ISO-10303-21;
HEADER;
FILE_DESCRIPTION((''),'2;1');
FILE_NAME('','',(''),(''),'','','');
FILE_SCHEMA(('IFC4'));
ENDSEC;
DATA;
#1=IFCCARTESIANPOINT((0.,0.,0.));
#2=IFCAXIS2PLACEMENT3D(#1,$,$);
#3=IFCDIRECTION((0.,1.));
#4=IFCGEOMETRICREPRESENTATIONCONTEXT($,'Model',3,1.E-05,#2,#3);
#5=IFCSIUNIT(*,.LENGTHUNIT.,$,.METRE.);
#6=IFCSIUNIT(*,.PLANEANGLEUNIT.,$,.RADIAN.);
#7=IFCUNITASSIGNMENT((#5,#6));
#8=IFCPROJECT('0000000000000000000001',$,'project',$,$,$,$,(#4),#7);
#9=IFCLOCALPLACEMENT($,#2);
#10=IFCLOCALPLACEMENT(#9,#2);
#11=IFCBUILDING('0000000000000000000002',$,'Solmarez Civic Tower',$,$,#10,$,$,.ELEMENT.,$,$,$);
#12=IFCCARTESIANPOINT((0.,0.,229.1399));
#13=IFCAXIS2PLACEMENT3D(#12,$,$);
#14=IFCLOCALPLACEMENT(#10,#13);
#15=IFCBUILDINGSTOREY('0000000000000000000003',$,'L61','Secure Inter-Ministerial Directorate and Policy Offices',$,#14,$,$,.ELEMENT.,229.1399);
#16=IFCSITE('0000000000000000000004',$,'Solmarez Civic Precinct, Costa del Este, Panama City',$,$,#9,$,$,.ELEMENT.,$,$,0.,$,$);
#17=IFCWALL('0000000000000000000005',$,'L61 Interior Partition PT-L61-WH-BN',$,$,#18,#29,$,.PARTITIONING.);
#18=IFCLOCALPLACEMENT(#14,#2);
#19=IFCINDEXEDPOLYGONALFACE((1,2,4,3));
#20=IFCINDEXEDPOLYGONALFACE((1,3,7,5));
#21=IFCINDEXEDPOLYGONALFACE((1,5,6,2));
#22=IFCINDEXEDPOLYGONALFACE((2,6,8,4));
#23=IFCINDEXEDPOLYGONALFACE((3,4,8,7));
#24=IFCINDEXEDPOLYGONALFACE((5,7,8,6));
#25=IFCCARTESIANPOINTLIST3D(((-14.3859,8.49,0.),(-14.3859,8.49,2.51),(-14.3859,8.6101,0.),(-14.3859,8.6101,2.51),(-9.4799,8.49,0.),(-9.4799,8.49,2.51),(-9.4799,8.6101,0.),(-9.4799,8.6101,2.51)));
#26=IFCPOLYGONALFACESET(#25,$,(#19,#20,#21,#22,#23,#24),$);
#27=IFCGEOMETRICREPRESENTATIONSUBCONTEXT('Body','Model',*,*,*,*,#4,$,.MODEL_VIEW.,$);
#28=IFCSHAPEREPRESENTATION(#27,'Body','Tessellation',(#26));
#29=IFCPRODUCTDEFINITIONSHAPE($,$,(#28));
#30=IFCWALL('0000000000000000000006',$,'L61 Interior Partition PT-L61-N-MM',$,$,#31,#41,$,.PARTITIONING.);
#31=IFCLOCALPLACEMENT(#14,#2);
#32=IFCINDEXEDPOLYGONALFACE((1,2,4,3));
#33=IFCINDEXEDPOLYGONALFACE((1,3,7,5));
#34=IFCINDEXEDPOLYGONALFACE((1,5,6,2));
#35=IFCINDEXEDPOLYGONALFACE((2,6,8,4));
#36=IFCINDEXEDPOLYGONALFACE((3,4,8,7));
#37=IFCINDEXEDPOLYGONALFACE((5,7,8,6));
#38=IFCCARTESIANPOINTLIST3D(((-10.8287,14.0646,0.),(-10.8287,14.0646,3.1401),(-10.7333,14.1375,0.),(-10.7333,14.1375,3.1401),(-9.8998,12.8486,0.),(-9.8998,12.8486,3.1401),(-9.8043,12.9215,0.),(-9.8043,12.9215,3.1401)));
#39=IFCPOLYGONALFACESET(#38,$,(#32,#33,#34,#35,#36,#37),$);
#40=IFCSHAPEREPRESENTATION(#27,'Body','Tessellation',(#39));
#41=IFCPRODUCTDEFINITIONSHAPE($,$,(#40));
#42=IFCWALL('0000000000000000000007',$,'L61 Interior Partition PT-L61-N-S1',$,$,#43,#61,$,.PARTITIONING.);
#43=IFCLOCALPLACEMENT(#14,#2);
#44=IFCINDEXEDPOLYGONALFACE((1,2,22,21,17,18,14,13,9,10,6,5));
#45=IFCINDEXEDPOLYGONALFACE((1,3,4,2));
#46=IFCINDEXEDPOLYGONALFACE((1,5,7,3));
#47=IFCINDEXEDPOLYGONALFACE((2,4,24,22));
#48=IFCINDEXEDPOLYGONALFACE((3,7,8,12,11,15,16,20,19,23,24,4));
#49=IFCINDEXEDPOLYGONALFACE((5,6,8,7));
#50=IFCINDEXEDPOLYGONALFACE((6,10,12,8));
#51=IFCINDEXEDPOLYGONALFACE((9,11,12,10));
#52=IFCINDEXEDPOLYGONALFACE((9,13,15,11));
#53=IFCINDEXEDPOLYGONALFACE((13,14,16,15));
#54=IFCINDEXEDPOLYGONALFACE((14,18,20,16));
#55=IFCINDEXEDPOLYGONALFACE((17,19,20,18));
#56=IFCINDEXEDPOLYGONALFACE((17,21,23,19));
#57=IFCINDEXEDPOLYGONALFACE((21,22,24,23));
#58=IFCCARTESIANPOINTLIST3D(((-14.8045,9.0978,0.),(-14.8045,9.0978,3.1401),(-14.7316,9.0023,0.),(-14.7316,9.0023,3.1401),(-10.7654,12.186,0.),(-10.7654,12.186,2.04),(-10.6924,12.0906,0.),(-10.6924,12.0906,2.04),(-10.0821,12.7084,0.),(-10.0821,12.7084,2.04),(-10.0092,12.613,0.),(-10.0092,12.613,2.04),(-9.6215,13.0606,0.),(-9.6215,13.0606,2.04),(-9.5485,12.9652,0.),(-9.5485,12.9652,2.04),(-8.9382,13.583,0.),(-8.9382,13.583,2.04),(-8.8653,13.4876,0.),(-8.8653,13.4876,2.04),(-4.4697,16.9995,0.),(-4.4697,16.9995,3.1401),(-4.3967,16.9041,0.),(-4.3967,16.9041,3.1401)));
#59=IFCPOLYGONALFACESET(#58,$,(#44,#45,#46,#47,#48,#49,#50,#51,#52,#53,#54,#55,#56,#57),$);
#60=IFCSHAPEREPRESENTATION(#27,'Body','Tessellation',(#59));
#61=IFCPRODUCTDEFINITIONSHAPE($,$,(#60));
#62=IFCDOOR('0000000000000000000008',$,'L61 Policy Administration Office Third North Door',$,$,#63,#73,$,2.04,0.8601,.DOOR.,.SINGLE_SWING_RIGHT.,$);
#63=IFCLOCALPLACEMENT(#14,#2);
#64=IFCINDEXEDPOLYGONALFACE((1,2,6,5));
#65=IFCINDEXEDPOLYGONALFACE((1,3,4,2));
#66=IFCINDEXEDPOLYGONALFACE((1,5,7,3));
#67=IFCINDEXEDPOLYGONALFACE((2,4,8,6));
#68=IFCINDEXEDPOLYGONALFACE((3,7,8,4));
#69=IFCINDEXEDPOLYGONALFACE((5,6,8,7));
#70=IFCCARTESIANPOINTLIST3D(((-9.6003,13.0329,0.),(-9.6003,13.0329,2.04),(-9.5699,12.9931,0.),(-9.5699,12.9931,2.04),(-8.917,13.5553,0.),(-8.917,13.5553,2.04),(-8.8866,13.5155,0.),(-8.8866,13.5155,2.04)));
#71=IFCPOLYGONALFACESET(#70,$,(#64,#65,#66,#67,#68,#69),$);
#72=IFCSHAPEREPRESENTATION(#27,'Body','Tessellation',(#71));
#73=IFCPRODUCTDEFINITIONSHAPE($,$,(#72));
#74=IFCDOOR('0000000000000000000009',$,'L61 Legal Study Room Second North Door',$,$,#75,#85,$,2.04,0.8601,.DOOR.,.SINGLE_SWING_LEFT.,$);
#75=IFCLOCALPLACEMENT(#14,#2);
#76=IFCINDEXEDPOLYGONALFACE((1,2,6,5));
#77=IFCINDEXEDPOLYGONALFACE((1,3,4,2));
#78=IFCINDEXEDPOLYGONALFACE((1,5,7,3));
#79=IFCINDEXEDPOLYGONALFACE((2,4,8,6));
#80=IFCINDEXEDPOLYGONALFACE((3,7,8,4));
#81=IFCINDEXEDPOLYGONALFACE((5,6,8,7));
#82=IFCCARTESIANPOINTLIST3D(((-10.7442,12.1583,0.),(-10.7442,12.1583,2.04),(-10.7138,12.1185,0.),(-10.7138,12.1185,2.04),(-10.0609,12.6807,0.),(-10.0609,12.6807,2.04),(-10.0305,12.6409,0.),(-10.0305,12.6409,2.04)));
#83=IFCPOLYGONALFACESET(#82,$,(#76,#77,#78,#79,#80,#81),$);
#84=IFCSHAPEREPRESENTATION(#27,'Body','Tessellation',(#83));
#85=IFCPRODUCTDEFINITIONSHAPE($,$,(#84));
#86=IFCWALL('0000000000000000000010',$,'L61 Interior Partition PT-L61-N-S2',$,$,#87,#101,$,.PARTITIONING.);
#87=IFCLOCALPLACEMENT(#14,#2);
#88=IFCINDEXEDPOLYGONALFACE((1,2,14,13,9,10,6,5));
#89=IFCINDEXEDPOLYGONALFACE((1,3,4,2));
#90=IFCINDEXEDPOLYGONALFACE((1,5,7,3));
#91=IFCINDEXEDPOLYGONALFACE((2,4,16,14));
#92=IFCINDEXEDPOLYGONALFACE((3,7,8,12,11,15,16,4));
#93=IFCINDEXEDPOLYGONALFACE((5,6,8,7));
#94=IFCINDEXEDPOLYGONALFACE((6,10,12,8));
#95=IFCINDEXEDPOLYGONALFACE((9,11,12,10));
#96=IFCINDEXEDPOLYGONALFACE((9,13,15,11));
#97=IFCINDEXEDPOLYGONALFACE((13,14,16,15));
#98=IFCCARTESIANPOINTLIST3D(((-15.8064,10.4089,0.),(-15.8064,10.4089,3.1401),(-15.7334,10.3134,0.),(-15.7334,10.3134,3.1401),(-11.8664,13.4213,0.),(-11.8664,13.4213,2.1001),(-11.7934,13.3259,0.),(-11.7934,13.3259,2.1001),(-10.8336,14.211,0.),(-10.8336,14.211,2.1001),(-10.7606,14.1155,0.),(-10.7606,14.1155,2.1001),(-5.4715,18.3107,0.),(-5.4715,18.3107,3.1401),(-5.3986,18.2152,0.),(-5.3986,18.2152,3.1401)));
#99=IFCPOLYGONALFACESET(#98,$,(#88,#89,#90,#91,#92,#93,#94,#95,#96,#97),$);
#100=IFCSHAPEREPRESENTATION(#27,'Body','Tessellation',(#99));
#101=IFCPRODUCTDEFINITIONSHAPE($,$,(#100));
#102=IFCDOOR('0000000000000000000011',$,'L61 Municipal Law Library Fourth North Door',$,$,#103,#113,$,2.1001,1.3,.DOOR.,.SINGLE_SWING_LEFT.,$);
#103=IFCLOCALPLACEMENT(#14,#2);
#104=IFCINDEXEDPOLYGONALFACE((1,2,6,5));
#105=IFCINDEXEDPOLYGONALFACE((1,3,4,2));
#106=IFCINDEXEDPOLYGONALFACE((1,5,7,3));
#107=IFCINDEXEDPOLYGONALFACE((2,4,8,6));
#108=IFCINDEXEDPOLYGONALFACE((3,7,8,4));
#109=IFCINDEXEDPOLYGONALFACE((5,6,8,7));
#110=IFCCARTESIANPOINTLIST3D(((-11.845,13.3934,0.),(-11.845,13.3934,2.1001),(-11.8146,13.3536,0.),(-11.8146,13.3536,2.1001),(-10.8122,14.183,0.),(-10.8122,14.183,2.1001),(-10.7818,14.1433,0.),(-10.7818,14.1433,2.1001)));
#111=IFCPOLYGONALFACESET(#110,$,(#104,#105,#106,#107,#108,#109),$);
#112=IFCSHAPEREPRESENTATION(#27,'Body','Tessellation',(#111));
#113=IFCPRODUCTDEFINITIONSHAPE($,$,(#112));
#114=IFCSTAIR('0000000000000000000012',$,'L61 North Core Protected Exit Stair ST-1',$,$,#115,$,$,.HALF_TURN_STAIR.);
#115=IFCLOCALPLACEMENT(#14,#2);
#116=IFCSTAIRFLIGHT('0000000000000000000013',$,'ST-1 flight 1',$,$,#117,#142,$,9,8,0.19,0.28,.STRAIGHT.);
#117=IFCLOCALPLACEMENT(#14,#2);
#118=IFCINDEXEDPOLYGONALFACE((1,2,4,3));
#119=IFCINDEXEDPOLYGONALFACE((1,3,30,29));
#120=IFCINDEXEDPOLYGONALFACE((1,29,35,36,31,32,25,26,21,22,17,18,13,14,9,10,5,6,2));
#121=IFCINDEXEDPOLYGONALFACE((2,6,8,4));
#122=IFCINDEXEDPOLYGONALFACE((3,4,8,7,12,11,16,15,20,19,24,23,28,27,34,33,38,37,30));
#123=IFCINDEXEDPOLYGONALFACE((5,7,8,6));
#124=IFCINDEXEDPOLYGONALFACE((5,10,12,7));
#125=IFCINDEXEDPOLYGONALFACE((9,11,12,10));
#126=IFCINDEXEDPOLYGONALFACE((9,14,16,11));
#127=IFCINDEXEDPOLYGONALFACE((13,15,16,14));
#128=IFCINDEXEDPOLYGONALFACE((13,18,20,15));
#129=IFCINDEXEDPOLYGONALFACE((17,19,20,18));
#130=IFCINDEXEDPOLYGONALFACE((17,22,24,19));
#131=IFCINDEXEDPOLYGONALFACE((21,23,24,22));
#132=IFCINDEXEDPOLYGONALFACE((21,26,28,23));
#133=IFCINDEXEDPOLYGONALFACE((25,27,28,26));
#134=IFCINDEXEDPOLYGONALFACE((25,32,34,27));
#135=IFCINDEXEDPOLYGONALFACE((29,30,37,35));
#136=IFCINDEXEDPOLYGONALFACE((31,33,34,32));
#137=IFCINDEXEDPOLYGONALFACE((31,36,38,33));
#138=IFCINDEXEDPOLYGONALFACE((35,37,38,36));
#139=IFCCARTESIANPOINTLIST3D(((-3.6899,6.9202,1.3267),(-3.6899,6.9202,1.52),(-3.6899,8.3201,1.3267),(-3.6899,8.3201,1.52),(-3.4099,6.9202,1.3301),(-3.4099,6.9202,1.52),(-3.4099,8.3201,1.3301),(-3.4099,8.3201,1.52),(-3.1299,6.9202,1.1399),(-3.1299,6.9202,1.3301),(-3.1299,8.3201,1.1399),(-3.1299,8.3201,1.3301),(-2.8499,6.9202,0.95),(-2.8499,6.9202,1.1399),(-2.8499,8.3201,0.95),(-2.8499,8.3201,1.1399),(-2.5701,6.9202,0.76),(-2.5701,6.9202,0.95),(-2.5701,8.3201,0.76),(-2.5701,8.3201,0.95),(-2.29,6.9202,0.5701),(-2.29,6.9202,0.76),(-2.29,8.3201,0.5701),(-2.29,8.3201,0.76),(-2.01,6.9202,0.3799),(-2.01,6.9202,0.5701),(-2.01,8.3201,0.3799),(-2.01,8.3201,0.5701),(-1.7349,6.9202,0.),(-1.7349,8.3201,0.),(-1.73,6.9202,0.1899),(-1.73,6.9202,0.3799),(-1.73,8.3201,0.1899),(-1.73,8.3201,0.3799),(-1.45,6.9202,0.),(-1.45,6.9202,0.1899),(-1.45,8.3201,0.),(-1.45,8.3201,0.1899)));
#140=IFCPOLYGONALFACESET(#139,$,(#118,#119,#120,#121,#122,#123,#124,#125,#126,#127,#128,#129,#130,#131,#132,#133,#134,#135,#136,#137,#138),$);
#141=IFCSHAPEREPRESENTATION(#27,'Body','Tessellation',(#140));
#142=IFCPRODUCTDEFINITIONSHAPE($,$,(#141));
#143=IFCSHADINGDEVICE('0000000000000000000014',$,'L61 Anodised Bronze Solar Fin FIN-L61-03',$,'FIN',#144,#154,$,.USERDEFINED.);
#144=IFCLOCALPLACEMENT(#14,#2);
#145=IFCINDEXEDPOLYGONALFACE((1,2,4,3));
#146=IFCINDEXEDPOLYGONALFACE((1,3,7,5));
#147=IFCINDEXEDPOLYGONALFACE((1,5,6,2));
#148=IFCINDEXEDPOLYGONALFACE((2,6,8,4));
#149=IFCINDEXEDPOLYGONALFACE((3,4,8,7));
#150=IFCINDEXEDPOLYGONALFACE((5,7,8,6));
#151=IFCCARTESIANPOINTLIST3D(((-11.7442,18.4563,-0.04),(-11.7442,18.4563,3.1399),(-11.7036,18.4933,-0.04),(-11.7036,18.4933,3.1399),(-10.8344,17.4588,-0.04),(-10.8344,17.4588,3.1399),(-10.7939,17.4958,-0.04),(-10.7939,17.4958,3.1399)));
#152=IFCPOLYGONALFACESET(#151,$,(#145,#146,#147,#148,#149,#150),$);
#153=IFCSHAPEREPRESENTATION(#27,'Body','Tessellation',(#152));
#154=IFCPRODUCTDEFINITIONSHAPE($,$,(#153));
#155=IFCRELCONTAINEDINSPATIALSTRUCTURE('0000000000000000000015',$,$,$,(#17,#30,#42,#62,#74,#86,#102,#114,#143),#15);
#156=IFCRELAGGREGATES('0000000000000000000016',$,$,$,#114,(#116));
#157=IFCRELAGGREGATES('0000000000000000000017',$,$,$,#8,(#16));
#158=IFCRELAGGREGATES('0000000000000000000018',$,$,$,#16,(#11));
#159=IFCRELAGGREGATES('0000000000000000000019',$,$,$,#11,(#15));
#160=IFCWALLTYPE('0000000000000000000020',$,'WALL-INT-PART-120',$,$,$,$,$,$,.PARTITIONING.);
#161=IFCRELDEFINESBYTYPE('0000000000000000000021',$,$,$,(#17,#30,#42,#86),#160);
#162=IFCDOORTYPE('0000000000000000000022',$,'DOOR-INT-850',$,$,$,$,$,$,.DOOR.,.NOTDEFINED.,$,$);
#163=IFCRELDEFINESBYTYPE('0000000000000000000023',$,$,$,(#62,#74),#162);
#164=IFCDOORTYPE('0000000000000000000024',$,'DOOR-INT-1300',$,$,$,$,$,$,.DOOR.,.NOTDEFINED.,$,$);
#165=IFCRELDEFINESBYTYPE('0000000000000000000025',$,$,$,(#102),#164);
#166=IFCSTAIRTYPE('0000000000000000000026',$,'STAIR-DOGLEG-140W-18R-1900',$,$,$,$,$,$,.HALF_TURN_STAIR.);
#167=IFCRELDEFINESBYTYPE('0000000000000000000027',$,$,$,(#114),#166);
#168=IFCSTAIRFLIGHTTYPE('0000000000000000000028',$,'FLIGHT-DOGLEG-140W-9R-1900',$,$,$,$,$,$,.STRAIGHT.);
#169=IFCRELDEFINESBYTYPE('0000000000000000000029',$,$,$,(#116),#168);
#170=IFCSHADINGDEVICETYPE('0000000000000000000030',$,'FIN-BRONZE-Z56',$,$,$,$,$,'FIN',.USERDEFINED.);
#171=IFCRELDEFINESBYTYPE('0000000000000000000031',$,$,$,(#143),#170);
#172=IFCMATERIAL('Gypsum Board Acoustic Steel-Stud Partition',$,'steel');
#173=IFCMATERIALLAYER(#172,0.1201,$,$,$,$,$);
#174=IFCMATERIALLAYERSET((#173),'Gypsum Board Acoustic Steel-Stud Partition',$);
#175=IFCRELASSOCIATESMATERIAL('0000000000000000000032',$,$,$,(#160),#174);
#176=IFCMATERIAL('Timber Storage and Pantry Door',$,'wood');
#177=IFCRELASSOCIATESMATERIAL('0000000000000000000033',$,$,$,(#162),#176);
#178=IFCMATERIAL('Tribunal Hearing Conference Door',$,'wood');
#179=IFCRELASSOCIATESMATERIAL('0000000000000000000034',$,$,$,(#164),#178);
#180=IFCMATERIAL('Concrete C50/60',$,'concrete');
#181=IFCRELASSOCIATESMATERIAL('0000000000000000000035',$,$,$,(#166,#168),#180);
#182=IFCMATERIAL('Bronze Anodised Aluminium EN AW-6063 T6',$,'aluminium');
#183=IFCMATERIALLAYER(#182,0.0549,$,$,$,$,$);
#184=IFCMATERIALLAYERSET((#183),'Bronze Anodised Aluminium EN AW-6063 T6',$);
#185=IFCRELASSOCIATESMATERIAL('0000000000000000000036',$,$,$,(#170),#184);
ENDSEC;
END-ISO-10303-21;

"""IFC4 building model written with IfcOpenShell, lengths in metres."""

from ifc_helpers import new_model, si_unit, direction, frame, frame_2d, origin, origin_2d, place, context, subcontext, project, spatial, polyline, rectangle, outline, extrude, material, layer, layer_set, type_object, element, fill, aggregate, save


model = new_model("IFC4")

# Units and contexts
model_context = context("Model", 3, precision=1e-05, world=origin(), true_north=direction((0.0, 1.0)))
body_context = subcontext(model_context, "Body", "Model", "MODEL_VIEW")
ifc_project = project(units=[si_unit("LENGTHUNIT", "METRE"), si_unit("PLANEANGLEUNIT", "RADIAN")], contexts=[model_context])

# Site, building, storey
site_placement = place(None, origin())
site = spatial("IfcSite", under=ifc_project, at=site_placement, Name="Solmarez Civic Precinct, Costa del Este, Panama City", CompositionType="ELEMENT", RefElevation=0.0)
building_placement = place(site_placement, origin())
building = spatial("IfcBuilding", under=site, at=building_placement, Name="Solmarez Civic Tower", CompositionType="ELEMENT")
storey_placement = place(building_placement, frame((0.0, 0.0, 229.1399)))
storey = spatial("IfcBuildingStorey", under=building, at=storey_placement, Name="L61", Description="Secure Inter-Ministerial Directorate and Policy Offices", CompositionType="ELEMENT", Elevation=229.1399)

# Shared definitions
ifc_material_1 = material(Name="Concrete C50/60", Category="concrete")

# Walls
ifc_material_2 = material(Name="Gypsum Board Acoustic Steel-Stud Partition", Category="steel")
ifc_layer_1 = layer(ifc_material_2, 0.1201)
ifc_layer_set_1 = layer_set([ifc_layer_1], Name="Gypsum Board Acoustic Steel-Stud Partition")
wall_type_1 = type_object("IfcWallType", Name="WALL-INT-PART-120", PredefinedType="PARTITIONING", material=ifc_layer_set_1)
wall_1_placement = place(storey_placement, frame((-14.386, 8.55, 0.0), z_axis=(0.0, 0.0, 1.0), x_axis=(1.0, 0.0, 0.0)))
element("IfcWall", 1, at=wall_1_placement, inside=storey, type_object=wall_type_1, Name="L61 Interior Partition PT-L61-WH-BN", PredefinedType="PARTITIONING", context=body_context, shape_type="SweptSolid", body=[
    extrude(rectangle(XDim=4.906, YDim=0.1201, at=frame_2d((2.4531, 0.0))), origin(), (0.0, 0.0, 1.0), 2.51),
])
wall_2_placement = place(storey_placement, frame((-9.8521, 12.885, 0.0), z_axis=(0.0, 0.0, 1.0), x_axis=(-0.607047, 0.794666, 0.0)))
element("IfcWall", 2, at=wall_2_placement, inside=storey, type_object=wall_type_1, Name="L61 Interior Partition PT-L61-N-MM", PredefinedType="PARTITIONING", context=body_context, shape_type="SweptSolid", body=[
    extrude(rectangle(XDim=1.5303, YDim=0.1201, at=frame_2d((0.7651, 0.0))), origin(), (0.0, 0.0, 1.0), 3.1401),
])

# Wall, openings, doors
wall_3_placement = place(storey_placement, frame((-4.4331, 16.9519, 0.0), z_axis=(0.0, 0.0, 1.0), x_axis=(-0.794408, -0.607385, 0.0)))
wall_3 = element("IfcWall", 3, at=wall_3_placement, inside=storey, type_object=wall_type_1, Name="L61 Interior Partition PT-L61-N-S1", PredefinedType="PARTITIONING", context=body_context, shape_type="SweptSolid", body=[
    extrude(rectangle(XDim=13.0095, YDim=0.1201, at=frame_2d((6.5049, 0.0))), origin(), (0.0, 0.0, 1.0), 3.1401),
])
opening_1_placement = place(wall_3_placement, frame((5.625, 0.0, 0.0)))
opening_1 = element("IfcOpeningElement", 4, at=opening_1_placement, cuts=wall_3, PredefinedType="OPENING", context=body_context, shape_type="SweptSolid", body=[
    extrude(rectangle(XDim=0.8601, YDim=2.04, at=frame_2d((0.4302, 1.02))), frame((0.0, 0.0701, 0.0), z_axis=(0.0, -1.0, 0.0), x_axis=(1.0, 0.0, 0.0)), (0.0, 0.0, 1.0), 0.1401),
])
opening_2_placement = place(wall_3_placement, frame((7.0649, 0.0, 0.0)))
opening_2 = element("IfcOpeningElement", 5, at=opening_2_placement, cuts=wall_3, PredefinedType="OPENING", context=body_context, shape_type="SweptSolid", body=[
    extrude(rectangle(XDim=0.8601, YDim=2.04, at=frame_2d((0.4302, 1.02))), frame((0.0, 0.0701, 0.0), z_axis=(0.0, -1.0, 0.0), x_axis=(1.0, 0.0, 0.0)), (0.0, 0.0, 1.0), 0.1401),
])
ifc_material_3 = material(Name="Timber Storage and Pantry Door", Category="wood")
door_type_1 = type_object("IfcDoorType", Name="DOOR-INT-850", OperationType="NOTDEFINED", PredefinedType="DOOR", material=ifc_material_3)
door_1_placement = place(opening_1_placement, origin())
door_1 = element("IfcDoor", 6, at=door_1_placement, inside=storey, type_object=door_type_1, Name="L61 Policy Administration Office Third North Door", OperationType="SINGLE_SWING_RIGHT", OverallHeight=2.04, OverallWidth=0.8601, PredefinedType="DOOR", context=body_context, shape_type="SweptSolid", body=[
    extrude(rectangle(XDim=0.8601, YDim=2.04, at=frame_2d((0.4302, 1.02))), frame((0.0, 0.0249, 0.0), z_axis=(0.0, -1.0, 0.0), x_axis=(1.0, 0.0, 0.0)), (0.0, 0.0, 1.0), 0.05),
])
fill(opening_1, door_1)
door_2_placement = place(opening_2_placement, origin())
door_2 = element("IfcDoor", 7, at=door_2_placement, inside=storey, type_object=door_type_1, Name="L61 Legal Study Room Second North Door", OperationType="SINGLE_SWING_LEFT", OverallHeight=2.04, OverallWidth=0.8601, PredefinedType="DOOR", context=body_context, shape_type="SweptSolid", body=[
    extrude(rectangle(XDim=0.8601, YDim=2.04, at=frame_2d((0.4302, 1.02))), frame((0.0, 0.0249, 0.0), z_axis=(0.0, -1.0, 0.0), x_axis=(1.0, 0.0, 0.0)), (0.0, 0.0, 1.0), 0.05),
])
fill(opening_2, door_2)

# Wall, opening, door
wall_4_placement = place(storey_placement, frame((-15.77, 10.3611, 0.0), z_axis=(0.0, 0.0, 1.0), x_axis=(0.794408, 0.607385, 0.0)))
wall_4 = element("IfcWall", 8, at=wall_4_placement, inside=storey, type_object=wall_type_1, Name="L61 Interior Partition PT-L61-N-S2", PredefinedType="PARTITIONING", context=body_context, shape_type="SweptSolid", body=[
    extrude(rectangle(XDim=13.0095, YDim=0.1201, at=frame_2d((6.5049, 0.0))), origin(), (0.0, 0.0, 1.0), 3.1401),
])
opening_3_placement = place(wall_4_placement, frame((4.96, 0.0, 0.0)))
opening_3 = element("IfcOpeningElement", 9, at=opening_3_placement, cuts=wall_4, PredefinedType="OPENING", context=body_context, shape_type="SweptSolid", body=[
    extrude(rectangle(XDim=1.3, YDim=2.1001, at=frame_2d((0.6499, 1.05))), frame((0.0, 0.0701, 0.0), z_axis=(0.0, -1.0, 0.0), x_axis=(1.0, 0.0, 0.0)), (0.0, 0.0, 1.0), 0.1401),
])
ifc_material_4 = material(Name="Tribunal Hearing Conference Door", Category="wood")
door_type_2 = type_object("IfcDoorType", Name="DOOR-INT-1300", OperationType="NOTDEFINED", PredefinedType="DOOR", material=ifc_material_4)
door_3_placement = place(opening_3_placement, origin())
door_3 = element("IfcDoor", 10, at=door_3_placement, inside=storey, type_object=door_type_2, Name="L61 Municipal Law Library Fourth North Door", OperationType="SINGLE_SWING_LEFT", OverallHeight=2.1001, OverallWidth=1.3, PredefinedType="DOOR", context=body_context, shape_type="SweptSolid", body=[
    extrude(rectangle(XDim=1.3, YDim=2.1001, at=frame_2d((0.6499, 1.05))), frame((0.0, 0.0249, 0.0), z_axis=(0.0, -1.0, 0.0), x_axis=(1.0, 0.0, 0.0)), (0.0, 0.0, 1.0), 0.05),
])
fill(opening_3, door_3)

# Stair, stair flight
stair_type = type_object("IfcStairType", Name="STAIR-DOGLEG-140W-18R-1900", PredefinedType="HALF_TURN_STAIR", material=ifc_material_1)
stair_placement = place(storey_placement, origin())
stair = element("IfcStair", 11, at=stair_placement, inside=storey, type_object=stair_type, Name="L61 North Core Protected Exit Stair ST-1", PredefinedType="HALF_TURN_STAIR")
stair_flight_type = type_object("IfcStairFlightType", Name="FLIGHT-DOGLEG-140W-9R-1900", PredefinedType="STRAIGHT", material=ifc_material_1)
stair_flight_placement = place(storey_placement, frame((-1.45, 7.6201, 0.0), z_axis=(0.0, 0.0, 1.0), x_axis=(-1.0, 0.0, 0.0)))
stair_flight = element("IfcStairFlight", 12, at=stair_flight_placement, type_object=stair_flight_type, Name="ST-1 flight 1", NumberOfRisers=9, NumberOfTreads=8, PredefinedType="STRAIGHT", RiserHeight=0.19, TreadLength=0.28, context=body_context, shape_type="SweptSolid", body=[
    extrude(outline(polyline([(0.0, 0.0), (0.0, 0.1899), (0.28, 0.1899), (0.28, 0.3799), (0.5601, 0.3799), (0.5601, 0.5701), (0.8401, 0.5701), (0.8401, 0.76), (1.1201, 0.76), (1.1201, 0.95), (1.3999, 0.95), (1.3999, 1.1399), (1.6799, 1.1399), (1.6799, 1.3301), (1.96, 1.3301), (1.96, 1.52), (2.24, 1.52), (2.24, 1.71), (2.24, 1.3267), (0.2849, 0.0), (0.0, 0.0)])), frame((0.0, 0.7, 0.0), z_axis=(0.0, -1.0, 0.0), x_axis=(1.0, 0.0, 0.0)), (0.0, 0.0, 1.0), 1.3999),
])
aggregate(stair, [stair_flight])

# Shading device
ifc_material_5 = material(Name="Bronze Anodised Aluminium EN AW-6063 T6", Category="aluminium")
ifc_layer_2 = layer(ifc_material_5, 0.0549)
ifc_layer_set_2 = layer_set([ifc_layer_2], Name="Bronze Anodised Aluminium EN AW-6063 T6")
shading_device_type = type_object("IfcShadingDeviceType", Name="FIN-BRONZE-Z56", ElementType="FIN", PredefinedType="USERDEFINED", material=ifc_layer_set_2)
shading_device_placement = place(storey_placement, frame((-11.269, 17.9761, -0.04), z_axis=(0.0, 0.0, 1.0), x_axis=(-0.673864, 0.738855, 0.0)))
element("IfcShadingDevice", 13, at=shading_device_placement, inside=storey, type_object=shading_device_type, Name="L61 Anodised Bronze Solar Fin FIN-L61-03", ObjectType="FIN", PredefinedType="USERDEFINED", context=body_context, shape_type="SweptSolid", body=[
    extrude(rectangle(XDim=1.3501, YDim=0.0549, at=origin_2d()), origin(), (0.0, 0.0, 1.0), 3.1799),
])

save(model, "model.ifc")
